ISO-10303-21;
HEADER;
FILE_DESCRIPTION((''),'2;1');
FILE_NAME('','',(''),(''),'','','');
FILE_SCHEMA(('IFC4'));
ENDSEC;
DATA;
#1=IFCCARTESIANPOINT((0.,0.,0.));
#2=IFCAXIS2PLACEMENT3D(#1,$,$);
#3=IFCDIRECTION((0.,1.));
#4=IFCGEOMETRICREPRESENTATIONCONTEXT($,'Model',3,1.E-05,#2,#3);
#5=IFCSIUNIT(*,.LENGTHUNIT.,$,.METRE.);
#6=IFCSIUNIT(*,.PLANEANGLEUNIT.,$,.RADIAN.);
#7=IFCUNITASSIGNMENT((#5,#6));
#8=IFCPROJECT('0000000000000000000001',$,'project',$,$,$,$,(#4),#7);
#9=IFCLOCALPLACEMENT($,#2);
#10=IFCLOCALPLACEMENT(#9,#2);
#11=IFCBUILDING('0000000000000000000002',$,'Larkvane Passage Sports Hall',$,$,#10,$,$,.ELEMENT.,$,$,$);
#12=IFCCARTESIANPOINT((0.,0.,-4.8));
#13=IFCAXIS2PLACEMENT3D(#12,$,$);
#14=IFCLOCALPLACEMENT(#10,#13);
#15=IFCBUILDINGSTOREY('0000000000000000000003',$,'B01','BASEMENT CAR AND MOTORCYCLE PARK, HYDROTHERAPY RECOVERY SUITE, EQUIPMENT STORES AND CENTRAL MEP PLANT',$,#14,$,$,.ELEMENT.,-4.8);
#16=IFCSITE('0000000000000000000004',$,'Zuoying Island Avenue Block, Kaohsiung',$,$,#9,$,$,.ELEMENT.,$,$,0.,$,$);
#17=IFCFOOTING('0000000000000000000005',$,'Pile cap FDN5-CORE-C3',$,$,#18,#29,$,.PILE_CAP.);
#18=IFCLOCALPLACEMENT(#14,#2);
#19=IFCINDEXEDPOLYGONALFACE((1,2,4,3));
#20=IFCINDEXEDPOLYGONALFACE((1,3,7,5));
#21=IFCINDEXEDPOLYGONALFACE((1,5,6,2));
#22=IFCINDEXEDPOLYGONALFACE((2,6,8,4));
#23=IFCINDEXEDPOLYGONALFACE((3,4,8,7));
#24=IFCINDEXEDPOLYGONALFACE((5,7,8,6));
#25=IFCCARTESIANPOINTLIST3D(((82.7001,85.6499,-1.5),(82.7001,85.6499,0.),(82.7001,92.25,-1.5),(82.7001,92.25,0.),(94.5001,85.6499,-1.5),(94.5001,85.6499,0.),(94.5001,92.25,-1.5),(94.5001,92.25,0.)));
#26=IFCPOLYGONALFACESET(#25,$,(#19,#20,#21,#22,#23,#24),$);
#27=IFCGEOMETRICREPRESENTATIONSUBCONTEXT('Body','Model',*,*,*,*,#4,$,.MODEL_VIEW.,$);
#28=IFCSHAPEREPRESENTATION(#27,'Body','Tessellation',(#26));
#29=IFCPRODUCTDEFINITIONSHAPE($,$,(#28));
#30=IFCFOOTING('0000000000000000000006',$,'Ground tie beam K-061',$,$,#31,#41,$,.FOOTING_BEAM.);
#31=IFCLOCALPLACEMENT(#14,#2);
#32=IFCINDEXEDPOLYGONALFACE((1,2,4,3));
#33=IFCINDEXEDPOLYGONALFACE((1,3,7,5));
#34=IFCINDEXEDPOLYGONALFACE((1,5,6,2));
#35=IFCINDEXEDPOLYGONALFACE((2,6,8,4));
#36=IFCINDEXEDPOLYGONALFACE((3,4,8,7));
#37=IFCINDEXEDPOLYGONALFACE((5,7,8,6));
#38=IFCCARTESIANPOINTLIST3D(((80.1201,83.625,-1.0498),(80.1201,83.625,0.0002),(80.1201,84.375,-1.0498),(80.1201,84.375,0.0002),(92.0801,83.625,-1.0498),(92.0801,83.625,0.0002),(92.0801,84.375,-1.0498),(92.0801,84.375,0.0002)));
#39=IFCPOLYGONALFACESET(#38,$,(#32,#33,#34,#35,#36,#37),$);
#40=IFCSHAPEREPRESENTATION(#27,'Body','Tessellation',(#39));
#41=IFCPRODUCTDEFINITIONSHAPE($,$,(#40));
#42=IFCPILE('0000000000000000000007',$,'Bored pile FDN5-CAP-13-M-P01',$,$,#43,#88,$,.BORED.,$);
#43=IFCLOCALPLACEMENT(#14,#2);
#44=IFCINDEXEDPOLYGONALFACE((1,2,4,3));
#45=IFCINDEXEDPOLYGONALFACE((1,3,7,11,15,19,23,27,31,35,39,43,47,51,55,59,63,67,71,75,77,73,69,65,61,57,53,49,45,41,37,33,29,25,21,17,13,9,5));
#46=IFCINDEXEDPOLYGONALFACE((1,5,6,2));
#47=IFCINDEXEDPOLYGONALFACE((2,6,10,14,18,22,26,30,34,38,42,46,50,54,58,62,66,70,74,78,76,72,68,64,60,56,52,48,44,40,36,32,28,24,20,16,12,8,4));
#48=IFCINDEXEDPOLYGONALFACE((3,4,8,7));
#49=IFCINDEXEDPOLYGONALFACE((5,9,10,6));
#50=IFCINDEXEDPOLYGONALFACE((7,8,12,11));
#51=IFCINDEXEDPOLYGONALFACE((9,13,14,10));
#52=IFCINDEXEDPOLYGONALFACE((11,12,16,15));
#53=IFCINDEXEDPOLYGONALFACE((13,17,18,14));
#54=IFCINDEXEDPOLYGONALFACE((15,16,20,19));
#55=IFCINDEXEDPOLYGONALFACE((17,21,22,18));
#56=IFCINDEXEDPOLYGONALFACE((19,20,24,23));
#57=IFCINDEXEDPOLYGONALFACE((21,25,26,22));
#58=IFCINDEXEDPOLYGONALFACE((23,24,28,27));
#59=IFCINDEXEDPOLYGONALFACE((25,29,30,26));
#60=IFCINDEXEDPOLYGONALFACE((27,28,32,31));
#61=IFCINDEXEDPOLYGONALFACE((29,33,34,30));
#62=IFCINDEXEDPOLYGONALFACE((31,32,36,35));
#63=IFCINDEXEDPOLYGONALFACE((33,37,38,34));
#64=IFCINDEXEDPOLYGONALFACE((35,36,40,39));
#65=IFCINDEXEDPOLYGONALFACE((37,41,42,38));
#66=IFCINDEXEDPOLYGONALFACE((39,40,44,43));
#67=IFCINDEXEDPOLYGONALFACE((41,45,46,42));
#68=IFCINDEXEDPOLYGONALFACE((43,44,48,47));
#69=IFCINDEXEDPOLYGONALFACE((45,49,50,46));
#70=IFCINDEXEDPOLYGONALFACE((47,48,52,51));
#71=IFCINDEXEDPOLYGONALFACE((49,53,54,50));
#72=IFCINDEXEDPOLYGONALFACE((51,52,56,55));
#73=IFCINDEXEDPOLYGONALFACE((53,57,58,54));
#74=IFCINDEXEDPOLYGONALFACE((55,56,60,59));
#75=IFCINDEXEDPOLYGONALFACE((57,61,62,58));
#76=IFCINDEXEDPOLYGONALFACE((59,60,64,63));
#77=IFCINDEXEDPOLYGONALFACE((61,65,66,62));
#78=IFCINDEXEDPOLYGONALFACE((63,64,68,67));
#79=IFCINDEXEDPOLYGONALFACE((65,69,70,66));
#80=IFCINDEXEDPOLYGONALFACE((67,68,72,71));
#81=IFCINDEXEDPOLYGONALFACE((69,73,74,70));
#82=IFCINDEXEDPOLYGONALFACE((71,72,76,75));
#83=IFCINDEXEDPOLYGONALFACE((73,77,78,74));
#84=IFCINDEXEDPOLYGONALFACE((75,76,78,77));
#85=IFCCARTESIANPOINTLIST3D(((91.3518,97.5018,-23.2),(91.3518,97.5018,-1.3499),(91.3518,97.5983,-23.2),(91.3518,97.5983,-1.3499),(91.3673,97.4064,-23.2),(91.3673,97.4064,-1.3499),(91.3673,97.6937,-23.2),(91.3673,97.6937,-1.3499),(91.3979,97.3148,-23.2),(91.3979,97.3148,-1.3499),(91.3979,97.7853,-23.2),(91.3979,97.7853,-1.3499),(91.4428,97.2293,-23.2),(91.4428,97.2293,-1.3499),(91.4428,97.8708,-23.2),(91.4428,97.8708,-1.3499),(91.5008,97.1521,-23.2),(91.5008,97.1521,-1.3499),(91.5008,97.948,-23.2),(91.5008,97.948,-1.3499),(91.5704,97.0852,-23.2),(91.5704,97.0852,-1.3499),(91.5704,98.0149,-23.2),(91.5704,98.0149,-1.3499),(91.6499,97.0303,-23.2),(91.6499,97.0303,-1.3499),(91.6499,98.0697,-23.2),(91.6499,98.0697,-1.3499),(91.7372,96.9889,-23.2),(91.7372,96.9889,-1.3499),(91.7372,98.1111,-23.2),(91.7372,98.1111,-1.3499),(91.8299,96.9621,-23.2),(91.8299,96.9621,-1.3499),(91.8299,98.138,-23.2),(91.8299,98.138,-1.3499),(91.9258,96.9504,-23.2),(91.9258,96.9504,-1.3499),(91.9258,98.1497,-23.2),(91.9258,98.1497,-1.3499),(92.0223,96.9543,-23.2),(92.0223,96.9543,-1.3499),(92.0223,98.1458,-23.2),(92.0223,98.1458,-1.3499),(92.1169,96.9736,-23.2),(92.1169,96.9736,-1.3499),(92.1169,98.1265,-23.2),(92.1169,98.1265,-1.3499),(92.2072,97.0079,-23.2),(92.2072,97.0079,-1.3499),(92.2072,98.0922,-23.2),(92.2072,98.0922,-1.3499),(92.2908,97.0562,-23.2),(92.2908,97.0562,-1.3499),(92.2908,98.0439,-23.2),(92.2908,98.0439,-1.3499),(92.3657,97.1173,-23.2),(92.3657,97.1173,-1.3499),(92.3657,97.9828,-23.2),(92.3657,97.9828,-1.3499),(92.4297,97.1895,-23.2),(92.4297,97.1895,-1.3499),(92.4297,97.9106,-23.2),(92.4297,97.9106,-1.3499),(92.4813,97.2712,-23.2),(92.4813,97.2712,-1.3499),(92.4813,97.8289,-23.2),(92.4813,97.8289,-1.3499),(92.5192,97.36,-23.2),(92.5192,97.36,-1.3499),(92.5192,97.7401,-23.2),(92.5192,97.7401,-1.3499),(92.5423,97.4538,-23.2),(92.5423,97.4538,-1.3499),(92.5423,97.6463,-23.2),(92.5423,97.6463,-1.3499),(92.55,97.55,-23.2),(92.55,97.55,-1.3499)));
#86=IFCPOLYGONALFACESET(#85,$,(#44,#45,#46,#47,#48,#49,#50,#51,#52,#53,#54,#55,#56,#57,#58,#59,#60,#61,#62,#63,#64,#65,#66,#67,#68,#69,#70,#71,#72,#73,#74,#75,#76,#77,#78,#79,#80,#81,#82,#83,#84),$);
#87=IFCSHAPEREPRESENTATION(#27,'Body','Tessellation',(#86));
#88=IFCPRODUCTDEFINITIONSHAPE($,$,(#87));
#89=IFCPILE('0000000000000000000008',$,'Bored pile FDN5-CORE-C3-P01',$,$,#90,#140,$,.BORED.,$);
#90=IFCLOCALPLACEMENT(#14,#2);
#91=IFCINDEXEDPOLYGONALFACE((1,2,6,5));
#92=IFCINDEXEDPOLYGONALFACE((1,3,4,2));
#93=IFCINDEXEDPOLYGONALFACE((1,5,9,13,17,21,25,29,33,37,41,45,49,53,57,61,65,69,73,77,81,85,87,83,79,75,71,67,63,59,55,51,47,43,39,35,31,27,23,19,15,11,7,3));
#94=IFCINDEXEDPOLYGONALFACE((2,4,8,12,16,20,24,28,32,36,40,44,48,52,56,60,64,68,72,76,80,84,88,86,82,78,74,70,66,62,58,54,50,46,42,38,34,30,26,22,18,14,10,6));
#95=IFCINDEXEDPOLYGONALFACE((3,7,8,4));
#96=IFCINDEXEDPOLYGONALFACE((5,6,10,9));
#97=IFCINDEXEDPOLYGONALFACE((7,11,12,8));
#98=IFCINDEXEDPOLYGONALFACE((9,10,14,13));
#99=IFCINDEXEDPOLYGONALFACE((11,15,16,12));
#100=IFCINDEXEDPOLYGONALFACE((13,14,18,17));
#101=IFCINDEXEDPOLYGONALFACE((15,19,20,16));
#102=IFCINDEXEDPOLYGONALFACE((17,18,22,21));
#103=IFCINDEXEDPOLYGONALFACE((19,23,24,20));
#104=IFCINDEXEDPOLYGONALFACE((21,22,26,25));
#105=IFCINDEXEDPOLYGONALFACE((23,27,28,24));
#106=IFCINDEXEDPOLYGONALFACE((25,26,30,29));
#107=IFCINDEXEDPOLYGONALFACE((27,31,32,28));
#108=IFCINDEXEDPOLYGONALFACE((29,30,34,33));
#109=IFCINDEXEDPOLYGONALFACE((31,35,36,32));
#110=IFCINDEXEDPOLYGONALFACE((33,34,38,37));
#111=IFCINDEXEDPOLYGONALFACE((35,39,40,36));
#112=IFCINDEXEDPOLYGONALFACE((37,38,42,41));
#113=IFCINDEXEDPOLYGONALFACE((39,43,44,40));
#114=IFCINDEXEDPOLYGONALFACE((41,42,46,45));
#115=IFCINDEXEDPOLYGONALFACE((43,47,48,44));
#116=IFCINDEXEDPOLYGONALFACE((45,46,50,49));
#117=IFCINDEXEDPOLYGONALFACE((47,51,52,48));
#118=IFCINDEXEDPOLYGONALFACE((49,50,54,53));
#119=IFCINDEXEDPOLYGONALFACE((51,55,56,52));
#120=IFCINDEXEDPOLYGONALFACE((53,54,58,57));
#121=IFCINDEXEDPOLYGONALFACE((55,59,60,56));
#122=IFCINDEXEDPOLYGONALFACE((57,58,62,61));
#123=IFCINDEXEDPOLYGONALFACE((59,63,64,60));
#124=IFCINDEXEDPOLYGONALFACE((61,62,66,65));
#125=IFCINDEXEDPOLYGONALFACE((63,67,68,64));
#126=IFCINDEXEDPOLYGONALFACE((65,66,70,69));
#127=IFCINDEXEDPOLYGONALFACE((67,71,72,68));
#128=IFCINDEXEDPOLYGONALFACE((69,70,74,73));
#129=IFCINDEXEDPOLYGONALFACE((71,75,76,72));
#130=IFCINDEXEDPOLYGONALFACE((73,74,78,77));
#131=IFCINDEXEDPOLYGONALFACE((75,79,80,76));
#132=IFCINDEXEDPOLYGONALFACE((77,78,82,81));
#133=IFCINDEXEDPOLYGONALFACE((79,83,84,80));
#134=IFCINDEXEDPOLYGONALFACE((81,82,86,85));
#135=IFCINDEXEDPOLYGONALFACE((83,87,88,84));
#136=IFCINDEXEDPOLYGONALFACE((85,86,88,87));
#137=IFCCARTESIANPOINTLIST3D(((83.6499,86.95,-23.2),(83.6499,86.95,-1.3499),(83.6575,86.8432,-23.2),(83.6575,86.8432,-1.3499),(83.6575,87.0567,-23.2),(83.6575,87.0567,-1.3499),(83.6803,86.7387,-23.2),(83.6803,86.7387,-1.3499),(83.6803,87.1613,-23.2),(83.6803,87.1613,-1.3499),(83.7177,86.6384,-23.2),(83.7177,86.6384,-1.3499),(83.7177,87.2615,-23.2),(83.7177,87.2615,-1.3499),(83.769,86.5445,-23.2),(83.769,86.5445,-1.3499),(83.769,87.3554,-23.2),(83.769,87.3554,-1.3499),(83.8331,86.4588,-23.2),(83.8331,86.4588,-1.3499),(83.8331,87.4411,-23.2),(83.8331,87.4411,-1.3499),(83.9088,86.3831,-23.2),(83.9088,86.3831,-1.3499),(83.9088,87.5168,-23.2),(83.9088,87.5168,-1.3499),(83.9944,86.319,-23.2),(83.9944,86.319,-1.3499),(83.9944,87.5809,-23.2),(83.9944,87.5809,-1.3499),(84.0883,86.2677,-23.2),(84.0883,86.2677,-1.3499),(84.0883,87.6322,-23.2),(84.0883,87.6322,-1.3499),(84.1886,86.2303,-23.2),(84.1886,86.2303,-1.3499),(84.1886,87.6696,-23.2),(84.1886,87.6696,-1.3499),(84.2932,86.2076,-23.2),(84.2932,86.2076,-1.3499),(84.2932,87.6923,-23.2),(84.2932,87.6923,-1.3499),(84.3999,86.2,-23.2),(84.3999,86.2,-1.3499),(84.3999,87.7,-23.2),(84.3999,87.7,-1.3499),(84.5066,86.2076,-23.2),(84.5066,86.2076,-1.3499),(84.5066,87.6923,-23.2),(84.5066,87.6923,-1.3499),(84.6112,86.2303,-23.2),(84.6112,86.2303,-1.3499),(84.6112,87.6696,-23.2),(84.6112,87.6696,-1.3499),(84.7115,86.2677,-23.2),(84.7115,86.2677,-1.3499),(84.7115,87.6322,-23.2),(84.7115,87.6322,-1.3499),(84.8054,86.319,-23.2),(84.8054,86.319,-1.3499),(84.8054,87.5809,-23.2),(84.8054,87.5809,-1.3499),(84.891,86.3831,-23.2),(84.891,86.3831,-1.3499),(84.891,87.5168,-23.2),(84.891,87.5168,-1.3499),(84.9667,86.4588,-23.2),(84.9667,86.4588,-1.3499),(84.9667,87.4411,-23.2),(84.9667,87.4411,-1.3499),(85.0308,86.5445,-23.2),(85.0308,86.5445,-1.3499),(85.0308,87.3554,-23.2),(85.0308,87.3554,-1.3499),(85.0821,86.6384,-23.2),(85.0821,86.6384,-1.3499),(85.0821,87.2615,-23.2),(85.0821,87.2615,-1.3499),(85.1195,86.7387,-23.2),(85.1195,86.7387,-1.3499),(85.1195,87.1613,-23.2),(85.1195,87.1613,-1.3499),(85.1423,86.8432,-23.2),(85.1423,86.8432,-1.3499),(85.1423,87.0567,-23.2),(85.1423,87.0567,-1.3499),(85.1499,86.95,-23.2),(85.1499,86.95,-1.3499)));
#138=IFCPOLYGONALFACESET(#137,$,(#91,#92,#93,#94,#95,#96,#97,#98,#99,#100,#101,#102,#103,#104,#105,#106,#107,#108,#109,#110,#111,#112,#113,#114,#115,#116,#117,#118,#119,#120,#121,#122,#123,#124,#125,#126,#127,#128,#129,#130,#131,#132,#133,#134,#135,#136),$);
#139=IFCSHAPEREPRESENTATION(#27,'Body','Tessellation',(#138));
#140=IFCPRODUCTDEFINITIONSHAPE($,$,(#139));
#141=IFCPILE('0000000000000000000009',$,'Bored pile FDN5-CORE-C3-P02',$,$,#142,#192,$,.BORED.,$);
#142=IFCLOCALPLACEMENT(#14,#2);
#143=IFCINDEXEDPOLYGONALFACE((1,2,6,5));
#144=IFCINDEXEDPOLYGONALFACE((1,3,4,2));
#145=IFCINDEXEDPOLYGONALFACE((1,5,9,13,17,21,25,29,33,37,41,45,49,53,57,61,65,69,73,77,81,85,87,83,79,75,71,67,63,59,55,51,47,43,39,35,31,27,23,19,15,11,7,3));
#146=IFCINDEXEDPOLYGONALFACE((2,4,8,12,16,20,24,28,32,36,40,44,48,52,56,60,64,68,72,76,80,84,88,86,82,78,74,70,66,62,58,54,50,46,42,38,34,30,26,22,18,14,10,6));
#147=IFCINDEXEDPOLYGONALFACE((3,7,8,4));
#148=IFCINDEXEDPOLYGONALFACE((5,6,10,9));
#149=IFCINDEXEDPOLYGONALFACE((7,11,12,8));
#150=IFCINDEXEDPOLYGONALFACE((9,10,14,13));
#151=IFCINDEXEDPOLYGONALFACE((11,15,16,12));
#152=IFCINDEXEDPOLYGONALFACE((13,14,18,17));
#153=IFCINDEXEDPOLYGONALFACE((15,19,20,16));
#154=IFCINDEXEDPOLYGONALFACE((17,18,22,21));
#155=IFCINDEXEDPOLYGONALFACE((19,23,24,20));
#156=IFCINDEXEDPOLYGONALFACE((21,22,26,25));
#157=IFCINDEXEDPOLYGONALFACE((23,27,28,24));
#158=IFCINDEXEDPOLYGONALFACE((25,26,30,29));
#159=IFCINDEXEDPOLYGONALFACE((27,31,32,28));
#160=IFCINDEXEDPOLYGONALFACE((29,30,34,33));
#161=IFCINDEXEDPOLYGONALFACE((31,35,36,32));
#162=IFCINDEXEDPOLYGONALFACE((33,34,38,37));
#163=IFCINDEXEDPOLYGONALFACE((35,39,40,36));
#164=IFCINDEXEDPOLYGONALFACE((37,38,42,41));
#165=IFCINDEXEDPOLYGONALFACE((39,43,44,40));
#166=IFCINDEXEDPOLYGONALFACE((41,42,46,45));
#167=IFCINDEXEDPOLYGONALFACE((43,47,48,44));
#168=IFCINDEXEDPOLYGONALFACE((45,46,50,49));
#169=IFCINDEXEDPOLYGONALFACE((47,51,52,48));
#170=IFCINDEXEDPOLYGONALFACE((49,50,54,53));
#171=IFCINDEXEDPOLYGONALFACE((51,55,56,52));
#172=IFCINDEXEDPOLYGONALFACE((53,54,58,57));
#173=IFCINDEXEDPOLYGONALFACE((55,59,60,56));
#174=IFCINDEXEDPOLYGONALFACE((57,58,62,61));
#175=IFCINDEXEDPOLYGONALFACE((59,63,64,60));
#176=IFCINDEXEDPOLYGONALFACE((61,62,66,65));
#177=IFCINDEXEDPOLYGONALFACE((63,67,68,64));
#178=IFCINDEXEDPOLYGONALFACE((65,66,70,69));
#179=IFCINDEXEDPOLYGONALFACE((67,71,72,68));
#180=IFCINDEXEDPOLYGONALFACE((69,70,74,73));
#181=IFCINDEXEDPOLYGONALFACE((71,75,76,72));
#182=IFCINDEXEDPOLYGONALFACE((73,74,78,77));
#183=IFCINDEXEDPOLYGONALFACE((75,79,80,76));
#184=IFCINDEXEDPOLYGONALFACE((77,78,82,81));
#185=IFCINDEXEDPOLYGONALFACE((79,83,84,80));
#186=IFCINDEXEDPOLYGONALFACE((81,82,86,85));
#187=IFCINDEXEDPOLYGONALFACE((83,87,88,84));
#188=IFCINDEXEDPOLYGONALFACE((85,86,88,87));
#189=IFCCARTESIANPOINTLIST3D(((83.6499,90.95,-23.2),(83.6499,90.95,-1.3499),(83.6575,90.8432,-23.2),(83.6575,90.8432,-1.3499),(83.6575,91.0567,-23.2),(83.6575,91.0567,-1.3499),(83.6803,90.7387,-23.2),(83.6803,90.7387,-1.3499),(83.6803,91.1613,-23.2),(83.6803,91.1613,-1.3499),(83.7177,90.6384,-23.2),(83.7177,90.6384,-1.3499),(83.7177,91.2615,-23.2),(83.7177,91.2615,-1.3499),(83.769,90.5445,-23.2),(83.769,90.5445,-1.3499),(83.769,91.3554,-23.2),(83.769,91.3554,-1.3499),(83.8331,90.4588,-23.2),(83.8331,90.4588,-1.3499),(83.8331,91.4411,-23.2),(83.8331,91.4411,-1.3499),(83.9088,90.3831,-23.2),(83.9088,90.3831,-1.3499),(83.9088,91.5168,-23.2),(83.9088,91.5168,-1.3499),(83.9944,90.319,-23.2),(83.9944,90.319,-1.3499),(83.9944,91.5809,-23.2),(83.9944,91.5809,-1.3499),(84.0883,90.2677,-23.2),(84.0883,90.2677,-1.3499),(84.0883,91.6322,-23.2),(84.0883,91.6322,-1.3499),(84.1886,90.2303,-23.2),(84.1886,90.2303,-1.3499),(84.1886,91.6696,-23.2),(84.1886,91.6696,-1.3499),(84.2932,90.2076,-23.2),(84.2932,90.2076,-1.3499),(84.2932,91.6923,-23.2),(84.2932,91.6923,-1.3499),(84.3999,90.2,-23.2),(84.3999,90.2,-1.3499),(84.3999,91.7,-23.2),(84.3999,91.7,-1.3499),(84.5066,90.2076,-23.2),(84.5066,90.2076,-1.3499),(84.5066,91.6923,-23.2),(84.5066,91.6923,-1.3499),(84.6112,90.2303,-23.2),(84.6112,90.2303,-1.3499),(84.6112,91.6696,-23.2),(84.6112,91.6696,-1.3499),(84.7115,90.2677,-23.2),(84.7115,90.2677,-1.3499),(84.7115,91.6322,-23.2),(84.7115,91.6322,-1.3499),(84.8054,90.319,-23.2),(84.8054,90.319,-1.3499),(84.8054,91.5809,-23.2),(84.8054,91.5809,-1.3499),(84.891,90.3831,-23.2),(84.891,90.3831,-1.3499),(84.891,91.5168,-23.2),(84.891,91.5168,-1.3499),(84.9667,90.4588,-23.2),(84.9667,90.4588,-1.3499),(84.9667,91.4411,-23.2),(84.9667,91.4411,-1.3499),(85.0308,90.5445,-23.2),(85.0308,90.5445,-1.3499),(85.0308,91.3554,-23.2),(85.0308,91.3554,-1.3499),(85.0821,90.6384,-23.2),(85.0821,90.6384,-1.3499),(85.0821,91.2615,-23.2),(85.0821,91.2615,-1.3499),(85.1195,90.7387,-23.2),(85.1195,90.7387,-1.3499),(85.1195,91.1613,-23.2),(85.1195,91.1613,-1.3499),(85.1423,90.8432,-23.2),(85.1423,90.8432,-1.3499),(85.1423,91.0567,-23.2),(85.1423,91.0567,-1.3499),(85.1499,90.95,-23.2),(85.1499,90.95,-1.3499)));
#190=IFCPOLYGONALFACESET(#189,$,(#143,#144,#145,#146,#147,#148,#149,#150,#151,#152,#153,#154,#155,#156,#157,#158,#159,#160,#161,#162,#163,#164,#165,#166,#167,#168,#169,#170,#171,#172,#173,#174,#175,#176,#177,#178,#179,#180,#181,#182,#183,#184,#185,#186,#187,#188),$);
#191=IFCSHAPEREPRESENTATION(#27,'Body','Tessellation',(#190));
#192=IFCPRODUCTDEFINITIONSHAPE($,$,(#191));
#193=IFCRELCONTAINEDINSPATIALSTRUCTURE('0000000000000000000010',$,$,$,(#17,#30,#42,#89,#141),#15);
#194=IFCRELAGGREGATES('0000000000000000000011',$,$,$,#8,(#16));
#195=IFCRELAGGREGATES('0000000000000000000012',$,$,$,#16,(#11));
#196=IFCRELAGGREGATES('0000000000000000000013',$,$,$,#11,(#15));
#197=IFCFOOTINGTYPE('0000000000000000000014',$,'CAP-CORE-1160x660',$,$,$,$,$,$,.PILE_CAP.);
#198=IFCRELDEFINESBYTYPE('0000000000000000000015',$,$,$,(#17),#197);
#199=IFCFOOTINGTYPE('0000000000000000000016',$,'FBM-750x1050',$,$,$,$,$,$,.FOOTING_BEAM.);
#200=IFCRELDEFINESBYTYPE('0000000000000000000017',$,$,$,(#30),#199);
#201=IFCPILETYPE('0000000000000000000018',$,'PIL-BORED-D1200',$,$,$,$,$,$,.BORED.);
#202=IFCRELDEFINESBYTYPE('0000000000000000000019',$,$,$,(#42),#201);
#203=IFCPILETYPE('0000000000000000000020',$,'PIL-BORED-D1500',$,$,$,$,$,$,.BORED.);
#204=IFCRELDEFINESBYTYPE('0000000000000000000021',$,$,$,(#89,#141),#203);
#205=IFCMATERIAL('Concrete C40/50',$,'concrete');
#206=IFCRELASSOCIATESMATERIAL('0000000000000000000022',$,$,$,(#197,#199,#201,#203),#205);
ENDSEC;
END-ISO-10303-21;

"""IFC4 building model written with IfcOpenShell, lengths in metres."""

from ifc_helpers import new_model, si_unit, direction, frame, origin, origin_2d, place, context, subcontext, project, spatial, rectangle, circle, extrude, material, material_profile, profile_set, type_object, element, save


model = new_model("IFC4")

# Units and contexts
model_context = context("Model", 3, precision=1e-05, world=origin(), true_north=direction((0.0, 1.0)))
body_context = subcontext(model_context, "Body", "Model", "MODEL_VIEW")
ifc_project = project(units=[si_unit("LENGTHUNIT", "METRE"), si_unit("PLANEANGLEUNIT", "RADIAN")], contexts=[model_context])

# Site, building, storey
site_placement = place(None, origin())
site = spatial("IfcSite", under=ifc_project, at=site_placement, Name="Zuoying Island Avenue Block, Kaohsiung", CompositionType="ELEMENT", RefElevation=0.0)
building_placement = place(site_placement, origin())
building = spatial("IfcBuilding", under=site, at=building_placement, Name="Larkvane Passage Sports Hall", CompositionType="ELEMENT")
storey_placement = place(building_placement, frame((0.0, 0.0, -4.8)))
storey = spatial("IfcBuildingStorey", under=building, at=storey_placement, Name="B01", Description="BASEMENT CAR AND MOTORCYCLE PARK, HYDROTHERAPY RECOVERY SUITE, EQUIPMENT STORES AND CENTRAL MEP PLANT", CompositionType="ELEMENT", Elevation=-4.8)

# Footings
ifc_material_1 = material(Name="Concrete C40/50", Category="concrete")
footing_type_1 = type_object("IfcFootingType", Name="CAP-CORE-1160x660", PredefinedType="PILE_CAP", material=ifc_material_1)
footing_1_placement = place(storey_placement, frame((88.6001, 88.95, -1.5), z_axis=(0.0, 0.0, 1.0), x_axis=(1.0, 0.0, 0.0)))
element("IfcFooting", 1, at=footing_1_placement, inside=storey, type_object=footing_type_1, Name="Pile cap FDN5-CORE-C3", PredefinedType="PILE_CAP", context=body_context, shape_type="SweptSolid", body=[
    extrude(rectangle(XDim=11.8, YDim=6.6001, at=origin_2d()), origin(), (0.0, 0.0, 1.0), 1.5),
])
footing_type_2 = type_object("IfcFootingType", Name="FBM-750x1050", PredefinedType="FOOTING_BEAM", material=ifc_material_1)
footing_2_placement = place(storey_placement, frame((86.1001, 84.0, -1.0498), z_axis=(0.0, 0.0, 1.0), x_axis=(1.0, 0.0, 0.0)))
element("IfcFooting", 2, at=footing_2_placement, inside=storey, type_object=footing_type_2, Name="Ground tie beam K-061", PredefinedType="FOOTING_BEAM", context=body_context, shape_type="SweptSolid", body=[
    extrude(rectangle(XDim=11.96, YDim=0.75, at=origin_2d()), origin(), (0.0, 0.0, 1.0), 1.05),
])

# Piles
ifc_material_profile_1 = material_profile(ifc_material_1, circle(Radius=0.6001, at=origin_2d()), Name="PILE-D1200")
ifc_profile_set_1 = profile_set([ifc_material_profile_1], Name="Concrete C40/50")
pile_type_1 = type_object("IfcPileType", Name="PIL-BORED-D1200", PredefinedType="BORED", material=ifc_profile_set_1)
pile_placement = place(storey_placement, frame((91.95, 97.55, -1.3499), z_axis=(0.0, 0.0, -1.0), x_axis=(1.0, 0.0, 0.0)))
element("IfcPile", 3, at=pile_placement, inside=storey, type_object=pile_type_1, Name="Bored pile FDN5-CAP-13-M-P01", PredefinedType="BORED", context=body_context, shape_type="SweptSolid", body=[
    extrude(circle(Radius=0.6001, at=origin_2d()), origin(), (0.0, 0.0, 1.0), 21.8501),
])
ifc_material_profile_2 = material_profile(ifc_material_1, circle(Radius=0.75, at=origin_2d()), Name="PILE-D1500")
ifc_profile_set_2 = profile_set([ifc_material_profile_2], Name="Concrete C40/50")
pile_type_2 = type_object("IfcPileType", Name="PIL-BORED-D1500", PredefinedType="BORED", material=ifc_profile_set_2)
for number, where, z_axis, x_axis, name in (
    (4, (84.3999, 86.95, -1.3499), (0.0, 0.0, -1.0), (1.0, 0.0, 0.0), "Bored pile FDN5-CORE-C3-P01"),
    (5, (84.3999, 90.95, -1.3499), (0.0, 0.0, -1.0), (1.0, 0.0, 0.0), "Bored pile FDN5-CORE-C3-P02"),
):
    element("IfcPile", number, at=place(storey_placement, frame(where, z_axis=z_axis, x_axis=x_axis)), inside=storey, type_object=pile_type_2, Name=name, PredefinedType="BORED", context=body_context, shape_type="SweptSolid", body=[
        extrude(circle(Radius=0.75, at=origin_2d()), origin(), (0.0, 0.0, 1.0), 21.8501),
    ])

save(model, "model.ifc")
